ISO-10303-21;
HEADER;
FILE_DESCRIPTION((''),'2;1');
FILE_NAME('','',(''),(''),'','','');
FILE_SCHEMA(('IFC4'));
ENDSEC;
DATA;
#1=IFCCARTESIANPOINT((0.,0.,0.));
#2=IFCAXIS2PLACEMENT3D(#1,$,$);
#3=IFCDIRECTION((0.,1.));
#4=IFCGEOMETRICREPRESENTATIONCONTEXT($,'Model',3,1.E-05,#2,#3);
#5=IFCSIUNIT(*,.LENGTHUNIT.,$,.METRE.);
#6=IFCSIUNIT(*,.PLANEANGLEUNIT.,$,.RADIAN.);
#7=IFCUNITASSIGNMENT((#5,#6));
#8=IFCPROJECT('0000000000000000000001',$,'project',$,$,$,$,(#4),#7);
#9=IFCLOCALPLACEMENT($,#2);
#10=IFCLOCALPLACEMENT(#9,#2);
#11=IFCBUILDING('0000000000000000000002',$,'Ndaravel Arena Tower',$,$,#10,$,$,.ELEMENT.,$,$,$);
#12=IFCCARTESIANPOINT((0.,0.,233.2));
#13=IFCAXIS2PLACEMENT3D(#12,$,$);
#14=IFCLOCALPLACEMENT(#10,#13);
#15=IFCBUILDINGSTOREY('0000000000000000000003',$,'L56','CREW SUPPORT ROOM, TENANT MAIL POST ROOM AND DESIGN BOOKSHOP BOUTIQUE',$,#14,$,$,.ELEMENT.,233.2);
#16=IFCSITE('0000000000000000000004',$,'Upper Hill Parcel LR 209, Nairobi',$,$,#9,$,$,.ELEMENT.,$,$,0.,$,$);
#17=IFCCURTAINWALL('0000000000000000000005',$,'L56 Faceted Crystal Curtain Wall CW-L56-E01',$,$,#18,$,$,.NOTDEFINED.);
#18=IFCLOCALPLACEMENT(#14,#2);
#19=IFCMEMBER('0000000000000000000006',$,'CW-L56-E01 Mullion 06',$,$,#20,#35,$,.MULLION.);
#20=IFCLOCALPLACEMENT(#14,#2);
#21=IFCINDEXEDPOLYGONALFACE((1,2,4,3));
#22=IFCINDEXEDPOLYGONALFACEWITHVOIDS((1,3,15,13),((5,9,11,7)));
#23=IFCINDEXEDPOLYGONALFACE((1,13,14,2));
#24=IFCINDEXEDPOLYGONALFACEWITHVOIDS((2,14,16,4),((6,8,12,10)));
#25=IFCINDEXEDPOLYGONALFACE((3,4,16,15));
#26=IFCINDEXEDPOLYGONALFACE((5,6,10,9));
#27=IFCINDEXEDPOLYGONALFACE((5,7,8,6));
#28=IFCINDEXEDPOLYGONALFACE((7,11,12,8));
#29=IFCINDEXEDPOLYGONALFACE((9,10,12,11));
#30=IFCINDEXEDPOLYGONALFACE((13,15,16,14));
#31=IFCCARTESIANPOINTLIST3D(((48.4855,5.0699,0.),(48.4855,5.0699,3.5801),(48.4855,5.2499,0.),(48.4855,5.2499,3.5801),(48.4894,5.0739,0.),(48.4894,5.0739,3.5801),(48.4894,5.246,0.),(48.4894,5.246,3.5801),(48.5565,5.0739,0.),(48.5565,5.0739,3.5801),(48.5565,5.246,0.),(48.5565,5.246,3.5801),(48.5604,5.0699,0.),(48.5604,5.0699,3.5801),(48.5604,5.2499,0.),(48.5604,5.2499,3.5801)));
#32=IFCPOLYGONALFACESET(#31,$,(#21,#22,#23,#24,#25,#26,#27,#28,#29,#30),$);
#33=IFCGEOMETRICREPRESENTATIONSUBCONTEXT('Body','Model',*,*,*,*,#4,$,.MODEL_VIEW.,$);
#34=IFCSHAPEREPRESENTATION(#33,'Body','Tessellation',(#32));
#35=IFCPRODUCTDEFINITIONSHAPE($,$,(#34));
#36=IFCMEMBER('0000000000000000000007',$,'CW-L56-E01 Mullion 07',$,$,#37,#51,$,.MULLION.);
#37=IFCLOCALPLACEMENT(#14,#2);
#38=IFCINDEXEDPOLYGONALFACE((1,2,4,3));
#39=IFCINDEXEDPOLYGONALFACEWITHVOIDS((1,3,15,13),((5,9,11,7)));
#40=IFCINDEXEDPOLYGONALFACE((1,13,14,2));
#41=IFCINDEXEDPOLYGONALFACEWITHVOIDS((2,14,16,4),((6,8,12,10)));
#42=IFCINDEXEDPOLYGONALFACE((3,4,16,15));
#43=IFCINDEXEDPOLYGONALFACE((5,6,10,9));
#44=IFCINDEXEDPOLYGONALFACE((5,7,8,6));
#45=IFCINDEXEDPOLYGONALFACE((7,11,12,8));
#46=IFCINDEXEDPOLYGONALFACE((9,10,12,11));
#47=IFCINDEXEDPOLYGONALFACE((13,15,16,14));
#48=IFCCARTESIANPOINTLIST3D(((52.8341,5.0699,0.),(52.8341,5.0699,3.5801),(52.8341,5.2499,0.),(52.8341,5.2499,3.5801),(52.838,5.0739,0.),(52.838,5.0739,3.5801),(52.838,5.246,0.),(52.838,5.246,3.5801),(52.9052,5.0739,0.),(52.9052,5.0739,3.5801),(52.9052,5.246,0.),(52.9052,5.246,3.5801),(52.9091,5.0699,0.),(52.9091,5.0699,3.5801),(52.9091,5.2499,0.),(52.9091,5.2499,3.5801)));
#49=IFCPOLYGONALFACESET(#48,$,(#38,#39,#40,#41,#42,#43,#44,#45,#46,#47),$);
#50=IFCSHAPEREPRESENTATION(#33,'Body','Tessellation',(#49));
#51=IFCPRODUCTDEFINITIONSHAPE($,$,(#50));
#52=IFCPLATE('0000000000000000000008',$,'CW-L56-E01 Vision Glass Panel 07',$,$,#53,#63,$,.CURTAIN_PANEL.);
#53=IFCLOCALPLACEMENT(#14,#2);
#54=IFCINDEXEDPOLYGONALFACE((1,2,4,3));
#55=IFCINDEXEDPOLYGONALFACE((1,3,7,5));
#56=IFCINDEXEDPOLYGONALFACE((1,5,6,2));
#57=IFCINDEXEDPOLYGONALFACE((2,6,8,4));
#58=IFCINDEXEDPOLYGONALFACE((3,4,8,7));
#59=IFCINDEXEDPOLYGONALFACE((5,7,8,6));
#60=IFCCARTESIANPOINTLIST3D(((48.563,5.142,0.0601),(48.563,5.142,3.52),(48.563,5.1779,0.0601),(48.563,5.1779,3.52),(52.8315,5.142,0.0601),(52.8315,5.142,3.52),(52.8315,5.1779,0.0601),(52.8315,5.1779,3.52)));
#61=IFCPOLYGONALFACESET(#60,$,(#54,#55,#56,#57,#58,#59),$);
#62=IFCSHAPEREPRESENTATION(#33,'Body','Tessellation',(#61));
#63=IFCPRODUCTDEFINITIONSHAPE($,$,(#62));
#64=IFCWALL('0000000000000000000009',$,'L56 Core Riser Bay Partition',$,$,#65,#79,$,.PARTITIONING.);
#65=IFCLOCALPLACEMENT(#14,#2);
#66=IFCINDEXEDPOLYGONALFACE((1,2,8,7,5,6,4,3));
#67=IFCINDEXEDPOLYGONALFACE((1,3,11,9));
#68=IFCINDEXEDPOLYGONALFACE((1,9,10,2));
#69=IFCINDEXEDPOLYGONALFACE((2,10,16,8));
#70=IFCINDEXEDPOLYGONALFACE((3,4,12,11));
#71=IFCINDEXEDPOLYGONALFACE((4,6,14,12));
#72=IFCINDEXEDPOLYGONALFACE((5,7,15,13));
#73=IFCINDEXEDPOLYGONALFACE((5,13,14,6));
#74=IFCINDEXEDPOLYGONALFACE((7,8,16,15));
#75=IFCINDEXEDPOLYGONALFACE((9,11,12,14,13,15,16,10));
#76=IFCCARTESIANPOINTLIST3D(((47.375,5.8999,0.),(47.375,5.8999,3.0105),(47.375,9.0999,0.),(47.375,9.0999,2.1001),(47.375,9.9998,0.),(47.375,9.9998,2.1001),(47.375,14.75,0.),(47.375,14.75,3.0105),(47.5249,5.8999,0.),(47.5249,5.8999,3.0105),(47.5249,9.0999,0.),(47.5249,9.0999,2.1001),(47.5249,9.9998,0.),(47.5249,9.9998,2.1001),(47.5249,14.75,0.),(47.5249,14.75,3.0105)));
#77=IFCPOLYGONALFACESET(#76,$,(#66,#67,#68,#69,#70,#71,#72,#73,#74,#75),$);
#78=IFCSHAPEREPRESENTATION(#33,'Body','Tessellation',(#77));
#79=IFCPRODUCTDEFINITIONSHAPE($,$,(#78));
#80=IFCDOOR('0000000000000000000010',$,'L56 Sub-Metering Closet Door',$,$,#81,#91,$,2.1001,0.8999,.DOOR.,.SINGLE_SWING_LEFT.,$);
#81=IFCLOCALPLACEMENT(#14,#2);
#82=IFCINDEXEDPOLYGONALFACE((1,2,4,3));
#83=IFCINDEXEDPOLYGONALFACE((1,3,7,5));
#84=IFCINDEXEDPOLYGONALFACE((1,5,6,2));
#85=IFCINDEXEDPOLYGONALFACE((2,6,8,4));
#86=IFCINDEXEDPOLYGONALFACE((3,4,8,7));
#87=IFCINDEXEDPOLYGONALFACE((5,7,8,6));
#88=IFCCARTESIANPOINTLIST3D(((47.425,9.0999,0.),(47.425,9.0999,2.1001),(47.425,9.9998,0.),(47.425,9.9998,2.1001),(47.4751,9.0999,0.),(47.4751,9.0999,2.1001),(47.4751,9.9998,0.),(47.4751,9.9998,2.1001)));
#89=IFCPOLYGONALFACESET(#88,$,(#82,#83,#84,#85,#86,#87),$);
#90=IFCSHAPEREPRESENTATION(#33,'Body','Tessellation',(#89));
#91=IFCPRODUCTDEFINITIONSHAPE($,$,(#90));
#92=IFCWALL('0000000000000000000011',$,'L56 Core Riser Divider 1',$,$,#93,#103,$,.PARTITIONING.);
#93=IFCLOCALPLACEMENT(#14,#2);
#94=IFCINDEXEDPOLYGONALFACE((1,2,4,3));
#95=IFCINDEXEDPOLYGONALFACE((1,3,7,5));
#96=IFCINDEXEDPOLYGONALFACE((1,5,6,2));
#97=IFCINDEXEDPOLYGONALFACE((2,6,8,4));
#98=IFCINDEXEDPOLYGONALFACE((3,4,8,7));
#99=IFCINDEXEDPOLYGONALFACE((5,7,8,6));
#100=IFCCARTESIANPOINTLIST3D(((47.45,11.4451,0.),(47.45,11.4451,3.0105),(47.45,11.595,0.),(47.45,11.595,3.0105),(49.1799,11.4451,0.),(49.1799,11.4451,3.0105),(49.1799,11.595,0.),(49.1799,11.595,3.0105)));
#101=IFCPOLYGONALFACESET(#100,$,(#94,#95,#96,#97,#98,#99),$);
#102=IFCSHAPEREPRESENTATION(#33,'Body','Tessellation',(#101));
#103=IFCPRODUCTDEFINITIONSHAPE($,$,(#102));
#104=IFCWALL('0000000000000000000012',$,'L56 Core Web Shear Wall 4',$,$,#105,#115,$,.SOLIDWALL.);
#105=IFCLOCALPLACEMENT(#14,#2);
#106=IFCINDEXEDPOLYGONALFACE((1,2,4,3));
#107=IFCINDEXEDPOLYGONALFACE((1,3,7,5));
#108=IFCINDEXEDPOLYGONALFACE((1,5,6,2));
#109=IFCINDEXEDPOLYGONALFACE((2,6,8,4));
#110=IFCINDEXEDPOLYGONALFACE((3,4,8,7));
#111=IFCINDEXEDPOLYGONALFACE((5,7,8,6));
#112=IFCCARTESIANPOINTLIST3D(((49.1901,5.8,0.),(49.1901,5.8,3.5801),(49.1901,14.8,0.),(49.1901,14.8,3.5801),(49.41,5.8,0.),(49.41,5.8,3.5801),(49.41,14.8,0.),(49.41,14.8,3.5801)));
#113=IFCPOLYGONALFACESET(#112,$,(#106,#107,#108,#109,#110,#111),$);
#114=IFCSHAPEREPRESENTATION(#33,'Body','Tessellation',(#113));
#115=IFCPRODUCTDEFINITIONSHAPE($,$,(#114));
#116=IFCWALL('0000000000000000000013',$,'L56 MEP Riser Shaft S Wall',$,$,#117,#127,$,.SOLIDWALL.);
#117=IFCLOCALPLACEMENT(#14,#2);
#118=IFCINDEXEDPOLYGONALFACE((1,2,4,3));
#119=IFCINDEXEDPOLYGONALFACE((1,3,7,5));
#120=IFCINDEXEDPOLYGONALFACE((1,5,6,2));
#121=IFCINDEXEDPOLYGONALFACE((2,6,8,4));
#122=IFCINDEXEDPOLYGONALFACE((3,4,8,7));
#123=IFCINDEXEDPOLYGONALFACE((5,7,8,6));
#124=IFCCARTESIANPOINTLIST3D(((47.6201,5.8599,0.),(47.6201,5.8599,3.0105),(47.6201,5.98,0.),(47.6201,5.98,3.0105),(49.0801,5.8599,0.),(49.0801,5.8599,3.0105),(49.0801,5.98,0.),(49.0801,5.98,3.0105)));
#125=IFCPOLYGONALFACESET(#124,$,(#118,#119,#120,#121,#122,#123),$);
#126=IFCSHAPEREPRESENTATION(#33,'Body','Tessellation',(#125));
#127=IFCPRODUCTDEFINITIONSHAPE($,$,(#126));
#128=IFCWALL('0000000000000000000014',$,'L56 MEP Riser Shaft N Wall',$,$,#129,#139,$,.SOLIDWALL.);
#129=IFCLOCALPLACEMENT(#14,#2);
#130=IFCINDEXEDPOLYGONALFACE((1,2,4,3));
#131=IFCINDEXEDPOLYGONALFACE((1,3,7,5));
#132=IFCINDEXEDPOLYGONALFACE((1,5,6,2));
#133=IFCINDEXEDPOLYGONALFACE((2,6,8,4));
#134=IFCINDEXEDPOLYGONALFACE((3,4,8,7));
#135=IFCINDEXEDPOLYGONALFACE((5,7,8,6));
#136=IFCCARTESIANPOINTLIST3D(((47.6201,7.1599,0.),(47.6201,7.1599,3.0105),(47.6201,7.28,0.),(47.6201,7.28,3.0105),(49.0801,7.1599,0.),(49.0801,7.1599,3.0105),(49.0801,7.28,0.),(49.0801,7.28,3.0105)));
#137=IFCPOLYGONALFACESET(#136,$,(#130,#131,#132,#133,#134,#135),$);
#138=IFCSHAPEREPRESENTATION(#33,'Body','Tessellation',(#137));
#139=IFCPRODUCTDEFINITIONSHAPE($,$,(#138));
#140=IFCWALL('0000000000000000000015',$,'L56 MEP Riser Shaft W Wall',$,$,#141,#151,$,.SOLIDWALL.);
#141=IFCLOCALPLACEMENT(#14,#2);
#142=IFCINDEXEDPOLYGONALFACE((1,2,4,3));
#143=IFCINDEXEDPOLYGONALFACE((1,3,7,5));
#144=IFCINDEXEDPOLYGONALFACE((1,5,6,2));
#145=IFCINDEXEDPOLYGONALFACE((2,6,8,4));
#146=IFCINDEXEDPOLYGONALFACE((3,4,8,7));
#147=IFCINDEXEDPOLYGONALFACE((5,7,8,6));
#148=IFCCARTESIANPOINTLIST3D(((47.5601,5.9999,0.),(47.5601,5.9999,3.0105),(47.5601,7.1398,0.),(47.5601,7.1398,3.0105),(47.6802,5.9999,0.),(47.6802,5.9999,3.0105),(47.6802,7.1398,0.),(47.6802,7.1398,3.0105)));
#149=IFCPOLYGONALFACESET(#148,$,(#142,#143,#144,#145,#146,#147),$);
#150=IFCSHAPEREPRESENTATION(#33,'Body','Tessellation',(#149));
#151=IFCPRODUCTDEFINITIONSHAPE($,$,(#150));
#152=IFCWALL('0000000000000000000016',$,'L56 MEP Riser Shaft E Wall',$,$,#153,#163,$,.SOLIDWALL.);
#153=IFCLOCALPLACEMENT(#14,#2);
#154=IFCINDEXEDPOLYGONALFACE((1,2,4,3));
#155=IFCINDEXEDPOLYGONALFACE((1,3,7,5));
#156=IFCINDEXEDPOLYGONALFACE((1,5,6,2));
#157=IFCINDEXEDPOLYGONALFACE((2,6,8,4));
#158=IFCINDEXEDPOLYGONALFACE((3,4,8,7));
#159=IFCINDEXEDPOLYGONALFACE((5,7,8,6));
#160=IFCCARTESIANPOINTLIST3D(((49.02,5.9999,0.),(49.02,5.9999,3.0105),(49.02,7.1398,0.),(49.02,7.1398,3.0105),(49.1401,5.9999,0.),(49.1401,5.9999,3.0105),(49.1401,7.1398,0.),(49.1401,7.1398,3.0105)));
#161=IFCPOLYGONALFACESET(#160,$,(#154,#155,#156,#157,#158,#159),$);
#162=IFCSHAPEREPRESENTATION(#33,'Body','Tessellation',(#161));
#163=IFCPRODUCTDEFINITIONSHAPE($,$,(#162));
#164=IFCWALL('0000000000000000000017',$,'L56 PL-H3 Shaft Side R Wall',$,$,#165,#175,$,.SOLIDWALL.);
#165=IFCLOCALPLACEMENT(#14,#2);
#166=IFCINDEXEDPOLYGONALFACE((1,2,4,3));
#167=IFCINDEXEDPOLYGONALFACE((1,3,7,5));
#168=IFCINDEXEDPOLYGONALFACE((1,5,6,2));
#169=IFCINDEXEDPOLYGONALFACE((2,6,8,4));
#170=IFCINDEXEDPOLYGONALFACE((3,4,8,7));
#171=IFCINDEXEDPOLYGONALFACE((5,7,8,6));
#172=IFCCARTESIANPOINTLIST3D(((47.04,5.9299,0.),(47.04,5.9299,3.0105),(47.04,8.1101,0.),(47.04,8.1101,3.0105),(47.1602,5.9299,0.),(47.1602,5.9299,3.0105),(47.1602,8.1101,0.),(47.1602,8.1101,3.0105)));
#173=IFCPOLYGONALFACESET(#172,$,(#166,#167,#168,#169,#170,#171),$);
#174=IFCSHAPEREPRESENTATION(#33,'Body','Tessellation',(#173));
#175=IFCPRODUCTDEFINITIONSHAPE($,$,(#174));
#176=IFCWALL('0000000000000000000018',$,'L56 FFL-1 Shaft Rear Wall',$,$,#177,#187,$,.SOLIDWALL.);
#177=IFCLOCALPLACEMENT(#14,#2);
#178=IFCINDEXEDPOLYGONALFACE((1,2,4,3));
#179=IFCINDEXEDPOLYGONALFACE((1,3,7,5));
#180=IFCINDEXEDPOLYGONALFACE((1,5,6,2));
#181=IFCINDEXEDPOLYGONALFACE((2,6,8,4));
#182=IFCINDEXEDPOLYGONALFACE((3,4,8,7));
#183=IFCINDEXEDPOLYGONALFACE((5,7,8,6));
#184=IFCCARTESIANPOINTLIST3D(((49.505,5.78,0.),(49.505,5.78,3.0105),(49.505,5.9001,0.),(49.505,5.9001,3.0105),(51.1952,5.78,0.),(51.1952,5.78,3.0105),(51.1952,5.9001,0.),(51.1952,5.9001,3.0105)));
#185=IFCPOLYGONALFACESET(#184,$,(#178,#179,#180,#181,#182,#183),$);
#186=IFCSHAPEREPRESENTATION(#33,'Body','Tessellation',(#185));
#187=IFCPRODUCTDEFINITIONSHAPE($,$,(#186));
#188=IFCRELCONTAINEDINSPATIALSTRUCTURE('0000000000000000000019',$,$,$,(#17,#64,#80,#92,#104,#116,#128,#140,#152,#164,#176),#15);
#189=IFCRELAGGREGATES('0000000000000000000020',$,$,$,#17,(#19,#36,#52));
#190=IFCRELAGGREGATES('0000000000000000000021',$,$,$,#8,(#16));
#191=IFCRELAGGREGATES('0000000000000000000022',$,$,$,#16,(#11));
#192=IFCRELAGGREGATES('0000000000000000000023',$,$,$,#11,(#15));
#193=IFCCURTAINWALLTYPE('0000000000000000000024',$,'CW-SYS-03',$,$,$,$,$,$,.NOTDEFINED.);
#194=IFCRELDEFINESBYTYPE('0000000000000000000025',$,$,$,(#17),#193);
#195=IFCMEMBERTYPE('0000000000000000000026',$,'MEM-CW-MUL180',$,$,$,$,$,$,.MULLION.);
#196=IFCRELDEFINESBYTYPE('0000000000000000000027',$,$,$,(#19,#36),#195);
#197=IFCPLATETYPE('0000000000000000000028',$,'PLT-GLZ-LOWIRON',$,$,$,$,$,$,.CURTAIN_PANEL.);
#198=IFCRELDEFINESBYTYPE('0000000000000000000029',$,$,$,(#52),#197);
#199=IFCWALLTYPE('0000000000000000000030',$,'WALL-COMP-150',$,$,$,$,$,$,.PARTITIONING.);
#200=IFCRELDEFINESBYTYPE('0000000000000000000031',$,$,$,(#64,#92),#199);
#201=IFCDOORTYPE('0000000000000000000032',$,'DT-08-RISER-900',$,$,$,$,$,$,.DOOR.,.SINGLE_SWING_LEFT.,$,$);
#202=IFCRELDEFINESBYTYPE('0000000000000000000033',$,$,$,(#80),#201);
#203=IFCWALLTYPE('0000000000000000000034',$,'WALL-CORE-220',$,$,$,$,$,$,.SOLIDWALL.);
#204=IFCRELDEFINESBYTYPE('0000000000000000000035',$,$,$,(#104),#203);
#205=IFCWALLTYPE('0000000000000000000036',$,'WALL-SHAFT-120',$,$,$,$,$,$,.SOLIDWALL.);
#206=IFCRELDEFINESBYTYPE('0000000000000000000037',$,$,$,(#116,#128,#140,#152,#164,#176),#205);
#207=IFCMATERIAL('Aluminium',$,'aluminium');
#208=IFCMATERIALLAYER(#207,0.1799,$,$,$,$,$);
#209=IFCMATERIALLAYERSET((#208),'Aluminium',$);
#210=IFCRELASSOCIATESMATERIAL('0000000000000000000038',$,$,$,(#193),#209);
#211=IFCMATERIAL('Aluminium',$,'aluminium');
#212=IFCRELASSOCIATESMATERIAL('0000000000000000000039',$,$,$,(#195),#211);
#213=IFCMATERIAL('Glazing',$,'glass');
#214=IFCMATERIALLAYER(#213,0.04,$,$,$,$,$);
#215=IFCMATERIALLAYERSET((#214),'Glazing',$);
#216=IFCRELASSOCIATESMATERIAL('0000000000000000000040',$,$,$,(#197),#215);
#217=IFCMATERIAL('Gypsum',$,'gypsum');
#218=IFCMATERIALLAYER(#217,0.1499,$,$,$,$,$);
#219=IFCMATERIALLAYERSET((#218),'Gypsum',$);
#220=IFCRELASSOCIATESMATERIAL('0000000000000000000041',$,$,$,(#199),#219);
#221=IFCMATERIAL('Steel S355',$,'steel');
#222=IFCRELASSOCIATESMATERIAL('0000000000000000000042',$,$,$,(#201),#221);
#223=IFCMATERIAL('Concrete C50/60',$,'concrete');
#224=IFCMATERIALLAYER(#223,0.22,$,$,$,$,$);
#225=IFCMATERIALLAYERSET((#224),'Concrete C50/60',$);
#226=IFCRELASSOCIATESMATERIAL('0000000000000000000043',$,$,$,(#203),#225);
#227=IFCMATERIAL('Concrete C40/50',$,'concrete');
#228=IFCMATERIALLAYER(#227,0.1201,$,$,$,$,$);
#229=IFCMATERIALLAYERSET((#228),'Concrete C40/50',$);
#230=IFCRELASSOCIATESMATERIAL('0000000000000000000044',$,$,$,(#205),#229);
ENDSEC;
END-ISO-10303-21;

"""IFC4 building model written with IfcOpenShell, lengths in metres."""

from ifc_helpers import new_model, si_unit, direction, frame, frame_2d, origin, origin_2d, place, context, subcontext, project, spatial, rectangle, hollow_rectangle, extrude, material, layer, layer_set, material_profile, profile_set, type_object, element, fill, aggregate, save


model = new_model("IFC4")

# Units and contexts
model_context = context("Model", 3, precision=1e-05, world=origin(), true_north=direction((0.0, 1.0)))
body_context = subcontext(model_context, "Body", "Model", "MODEL_VIEW")
ifc_project = project(units=[si_unit("LENGTHUNIT", "METRE"), si_unit("PLANEANGLEUNIT", "RADIAN")], contexts=[model_context])

# Site, building, storey
site_placement = place(None, origin())
site = spatial("IfcSite", under=ifc_project, at=site_placement, Name="Upper Hill Parcel LR 209, Nairobi", CompositionType="ELEMENT", RefElevation=0.0)
building_placement = place(site_placement, origin())
building = spatial("IfcBuilding", under=site, at=building_placement, Name="Ndaravel Arena Tower", CompositionType="ELEMENT")
storey_placement = place(building_placement, frame((0.0, 0.0, 233.2)))
storey = spatial("IfcBuildingStorey", under=building, at=storey_placement, Name="L56", Description="CREW SUPPORT ROOM, TENANT MAIL POST ROOM AND DESIGN BOOKSHOP BOUTIQUE", CompositionType="ELEMENT", Elevation=233.2)

# Curtain wall, members, plate
ifc_material_1 = material(Name="Aluminium", Category="aluminium")
ifc_layer_1 = layer(ifc_material_1, 0.1799)
ifc_layer_set_1 = layer_set([ifc_layer_1], Name="Aluminium")
curtain_wall_type = type_object("IfcCurtainWallType", Name="CW-SYS-03", PredefinedType="NOTDEFINED", material=ifc_layer_set_1)
curtain_wall_placement = place(storey_placement, origin())
curtain_wall = element("IfcCurtainWall", 1, at=curtain_wall_placement, inside=storey, type_object=curtain_wall_type, Name="L56 Faceted Crystal Curtain Wall CW-L56-E01", PredefinedType="NOTDEFINED")
ifc_material_2 = material(Name="Aluminium", Category="aluminium")
ifc_material_profile = material_profile(ifc_material_2, hollow_rectangle(XDim=0.075, YDim=0.1799, WallThickness=0.0039, at=origin_2d()), Name="CW MULLION 75x180x4")
ifc_profile_set = profile_set([ifc_material_profile], Name="Aluminium")
member_type = type_object("IfcMemberType", Name="MEM-CW-MUL180", PredefinedType="MULLION", material=ifc_profile_set)
member_1_placement = place(storey_placement, frame((48.5229, 5.1599, 0.0), z_axis=(0.0, 0.0, 1.0), x_axis=(1.0, 0.0, 0.0)))
member_1 = element("IfcMember", 2, at=member_1_placement, type_object=member_type, Name="CW-L56-E01 Mullion 06", PredefinedType="MULLION", context=body_context, shape_type="SweptSolid", body=[
    extrude(hollow_rectangle(XDim=0.075, YDim=0.1799, WallThickness=0.0039, at=origin_2d()), origin(), (0.0, 0.0, 1.0), 3.5801),
])
member_2_placement = place(storey_placement, frame((52.8716, 5.1599, 0.0), z_axis=(0.0, 0.0, 1.0), x_axis=(1.0, 0.0, 0.0)))
member_2 = element("IfcMember", 3, at=member_2_placement, type_object=member_type, Name="CW-L56-E01 Mullion 07", PredefinedType="MULLION", context=body_context, shape_type="SweptSolid", body=[
    extrude(hollow_rectangle(XDim=0.075, YDim=0.1799, WallThickness=0.0039, at=origin_2d()), origin(), (0.0, 0.0, 1.0), 3.5801),
])
ifc_material_3 = material(Name="Glazing", Category="glass")
ifc_layer_2 = layer(ifc_material_3, 0.04)
ifc_layer_set_2 = layer_set([ifc_layer_2], Name="Glazing")
plate_type = type_object("IfcPlateType", Name="PLT-GLZ-LOWIRON", PredefinedType="CURTAIN_PANEL", material=ifc_layer_set_2)
plate_placement = place(storey_placement, frame((50.6973, 5.1599, 0.0601), z_axis=(0.0, 0.0, 1.0), x_axis=(1.0, 0.0, 0.0)))
plate = element("IfcPlate", 4, at=plate_placement, type_object=plate_type, Name="CW-L56-E01 Vision Glass Panel 07", PredefinedType="CURTAIN_PANEL", context=body_context, shape_type="SweptSolid", body=[
    extrude(rectangle(XDim=4.2686, YDim=0.0359, at=origin_2d()), origin(), (0.0, 0.0, 1.0), 3.46),
])
aggregate(curtain_wall, [member_1, member_2, plate])

# Wall, opening, door
ifc_material_4 = material(Name="Gypsum", Category="gypsum")
ifc_layer_3 = layer(ifc_material_4, 0.1499)
ifc_layer_set_3 = layer_set([ifc_layer_3], Name="Gypsum")
wall_type_1 = type_object("IfcWallType", Name="WALL-COMP-150", PredefinedType="PARTITIONING", material=ifc_layer_set_3)
wall_1_placement = place(storey_placement, frame((47.45, 5.8999, 0.0), z_axis=(0.0, 0.0, 1.0), x_axis=(0.0, 1.0, 0.0)))
wall_1 = element("IfcWall", 5, at=wall_1_placement, inside=storey, type_object=wall_type_1, Name="L56 Core Riser Bay Partition", PredefinedType="PARTITIONING", context=body_context, shape_type="SweptSolid", body=[
    extrude(rectangle(XDim=8.8501, YDim=0.1499, at=frame_2d((4.425, 0.0))), origin(), (0.0, 0.0, 1.0), 3.0105),
])
opening_1_placement = place(wall_1_placement, frame((3.2, 0.0, 0.0)))
opening_1 = element("IfcOpeningElement", 6, at=opening_1_placement, cuts=wall_1, PredefinedType="OPENING", context=body_context, shape_type="SweptSolid", body=[
    extrude(rectangle(XDim=0.8999, YDim=2.1001, at=frame_2d((0.45, 1.05))), frame((0.0, 0.075, 0.0), z_axis=(0.0, -1.0, 0.0), x_axis=(1.0, 0.0, 0.0)), (0.0, 0.0, 1.0), 0.1499),
])
ifc_material_5 = material(Name="Steel S355", Category="steel")
door_type_1 = type_object("IfcDoorType", Name="DT-08-RISER-900", OperationType="SINGLE_SWING_LEFT", PredefinedType="DOOR", material=ifc_material_5)
door_1_placement = place(opening_1_placement, origin())
door_1 = element("IfcDoor", 7, at=door_1_placement, inside=storey, type_object=door_type_1, Name="L56 Sub-Metering Closet Door", OperationType="SINGLE_SWING_LEFT", OverallHeight=2.1001, OverallWidth=0.8999, PredefinedType="DOOR", context=body_context, shape_type="SweptSolid", body=[
    extrude(rectangle(XDim=0.8999, YDim=2.1001, at=frame_2d((0.45, 1.05))), frame((0.0, 0.0249, 0.0), z_axis=(0.0, -1.0, 0.0), x_axis=(1.0, 0.0, 0.0)), (0.0, 0.0, 1.0), 0.05),
])
fill(opening_1, door_1)

# Walls
wall_2_placement = place(storey_placement, frame((47.45, 11.52, 0.0), z_axis=(0.0, 0.0, 1.0), x_axis=(1.0, 0.0, 0.0)))
element("IfcWall", 8, at=wall_2_placement, inside=storey, type_object=wall_type_1, Name="L56 Core Riser Divider 1", PredefinedType="PARTITIONING", context=body_context, shape_type="SweptSolid", body=[
    extrude(rectangle(XDim=1.73, YDim=0.1499, at=frame_2d((0.865, 0.0))), origin(), (0.0, 0.0, 1.0), 3.0105),
])
ifc_material_6 = material(Name="Concrete C50/60", Category="concrete")
ifc_layer_4 = layer(ifc_material_6, 0.22)
ifc_layer_set_4 = layer_set([ifc_layer_4], Name="Concrete C50/60")
wall_type_2 = type_object("IfcWallType", Name="WALL-CORE-220", PredefinedType="SOLIDWALL", material=ifc_layer_set_4)
wall_3_placement = place(storey_placement, frame((49.3, 5.8, 0.0), z_axis=(0.0, 0.0, 1.0), x_axis=(0.0, 1.0, 0.0)))
element("IfcWall", 9, at=wall_3_placement, inside=storey, type_object=wall_type_2, Name="L56 Core Web Shear Wall 4", PredefinedType="SOLIDWALL", context=body_context, shape_type="SweptSolid", body=[
    extrude(rectangle(XDim=9.0, YDim=0.22, at=frame_2d((4.5, 0.0))), origin(), (0.0, 0.0, 1.0), 3.5801),
])
ifc_material_7 = material(Name="Concrete C40/50", Category="concrete")
ifc_layer_5 = layer(ifc_material_7, 0.1201)
ifc_layer_set_5 = layer_set([ifc_layer_5], Name="Concrete C40/50")
wall_type_3 = type_object("IfcWallType", Name="WALL-SHAFT-120", PredefinedType="SOLIDWALL", material=ifc_layer_set_5)
for number, where, z_axis, x_axis, name in (
    (10, (47.6201, 5.9199, 0.0), (0.0, 0.0, 1.0), (1.0, 0.0, 0.0), "L56 MEP Riser Shaft S Wall"),
    (11, (47.6201, 7.22, 0.0), (0.0, 0.0, 1.0), (1.0, 0.0, 0.0), "L56 MEP Riser Shaft N Wall"),
):
    element("IfcWall", number, at=place(storey_placement, frame(where, z_axis=z_axis, x_axis=x_axis)), inside=storey, type_object=wall_type_3, Name=name, PredefinedType="SOLIDWALL", context=body_context, shape_type="SweptSolid", body=[
        extrude(rectangle(XDim=1.46, YDim=0.1201, at=frame_2d((0.73, 0.0))), origin(), (0.0, 0.0, 1.0), 3.0105),
    ])
for number, where, z_axis, x_axis, name in (
    (12, (47.6201, 6.0, 0.0), (0.0, 0.0, 1.0), (0.0, 1.0, 0.0), "L56 MEP Riser Shaft W Wall"),
    (13, (49.0801, 6.0, 0.0), (0.0, 0.0, 1.0), (0.0, 1.0, 0.0), "L56 MEP Riser Shaft E Wall"),
):
    element("IfcWall", number, at=place(storey_placement, frame(where, z_axis=z_axis, x_axis=x_axis)), inside=storey, type_object=wall_type_3, Name=name, PredefinedType="SOLIDWALL", context=body_context, shape_type="SweptSolid", body=[
        extrude(rectangle(XDim=1.1399, YDim=0.1201, at=frame_2d((0.5698, 0.0))), origin(), (0.0, 0.0, 1.0), 3.0105),
    ])
wall_4_placement = place(storey_placement, frame((47.1001, 5.9299, 0.0), z_axis=(0.0, 0.0, 1.0), x_axis=(0.0, 1.0, 0.0)))
element("IfcWall", 14, at=wall_4_placement, inside=storey, type_object=wall_type_3, Name="L56 PL-H3 Shaft Side R Wall", PredefinedType="SOLIDWALL", context=body_context, shape_type="SweptSolid", body=[
    extrude(rectangle(XDim=2.1802, YDim=0.1201, at=frame_2d((1.0901, 0.0))), origin(), (0.0, 0.0, 1.0), 3.0105),
])
wall_5_placement = place(storey_placement, frame((49.5049, 5.8401, 0.0), z_axis=(0.0, 0.0, 1.0), x_axis=(1.0, 0.0, 0.0)))
element("IfcWall", 15, at=wall_5_placement, inside=storey, type_object=wall_type_3, Name="L56 FFL-1 Shaft Rear Wall", PredefinedType="SOLIDWALL", context=body_context, shape_type="SweptSolid", body=[
    extrude(rectangle(XDim=1.6902, YDim=0.1201, at=frame_2d((0.8452, 0.0))), origin(), (0.0, 0.0, 1.0), 3.0105),
])

save(model, "model.ifc")
